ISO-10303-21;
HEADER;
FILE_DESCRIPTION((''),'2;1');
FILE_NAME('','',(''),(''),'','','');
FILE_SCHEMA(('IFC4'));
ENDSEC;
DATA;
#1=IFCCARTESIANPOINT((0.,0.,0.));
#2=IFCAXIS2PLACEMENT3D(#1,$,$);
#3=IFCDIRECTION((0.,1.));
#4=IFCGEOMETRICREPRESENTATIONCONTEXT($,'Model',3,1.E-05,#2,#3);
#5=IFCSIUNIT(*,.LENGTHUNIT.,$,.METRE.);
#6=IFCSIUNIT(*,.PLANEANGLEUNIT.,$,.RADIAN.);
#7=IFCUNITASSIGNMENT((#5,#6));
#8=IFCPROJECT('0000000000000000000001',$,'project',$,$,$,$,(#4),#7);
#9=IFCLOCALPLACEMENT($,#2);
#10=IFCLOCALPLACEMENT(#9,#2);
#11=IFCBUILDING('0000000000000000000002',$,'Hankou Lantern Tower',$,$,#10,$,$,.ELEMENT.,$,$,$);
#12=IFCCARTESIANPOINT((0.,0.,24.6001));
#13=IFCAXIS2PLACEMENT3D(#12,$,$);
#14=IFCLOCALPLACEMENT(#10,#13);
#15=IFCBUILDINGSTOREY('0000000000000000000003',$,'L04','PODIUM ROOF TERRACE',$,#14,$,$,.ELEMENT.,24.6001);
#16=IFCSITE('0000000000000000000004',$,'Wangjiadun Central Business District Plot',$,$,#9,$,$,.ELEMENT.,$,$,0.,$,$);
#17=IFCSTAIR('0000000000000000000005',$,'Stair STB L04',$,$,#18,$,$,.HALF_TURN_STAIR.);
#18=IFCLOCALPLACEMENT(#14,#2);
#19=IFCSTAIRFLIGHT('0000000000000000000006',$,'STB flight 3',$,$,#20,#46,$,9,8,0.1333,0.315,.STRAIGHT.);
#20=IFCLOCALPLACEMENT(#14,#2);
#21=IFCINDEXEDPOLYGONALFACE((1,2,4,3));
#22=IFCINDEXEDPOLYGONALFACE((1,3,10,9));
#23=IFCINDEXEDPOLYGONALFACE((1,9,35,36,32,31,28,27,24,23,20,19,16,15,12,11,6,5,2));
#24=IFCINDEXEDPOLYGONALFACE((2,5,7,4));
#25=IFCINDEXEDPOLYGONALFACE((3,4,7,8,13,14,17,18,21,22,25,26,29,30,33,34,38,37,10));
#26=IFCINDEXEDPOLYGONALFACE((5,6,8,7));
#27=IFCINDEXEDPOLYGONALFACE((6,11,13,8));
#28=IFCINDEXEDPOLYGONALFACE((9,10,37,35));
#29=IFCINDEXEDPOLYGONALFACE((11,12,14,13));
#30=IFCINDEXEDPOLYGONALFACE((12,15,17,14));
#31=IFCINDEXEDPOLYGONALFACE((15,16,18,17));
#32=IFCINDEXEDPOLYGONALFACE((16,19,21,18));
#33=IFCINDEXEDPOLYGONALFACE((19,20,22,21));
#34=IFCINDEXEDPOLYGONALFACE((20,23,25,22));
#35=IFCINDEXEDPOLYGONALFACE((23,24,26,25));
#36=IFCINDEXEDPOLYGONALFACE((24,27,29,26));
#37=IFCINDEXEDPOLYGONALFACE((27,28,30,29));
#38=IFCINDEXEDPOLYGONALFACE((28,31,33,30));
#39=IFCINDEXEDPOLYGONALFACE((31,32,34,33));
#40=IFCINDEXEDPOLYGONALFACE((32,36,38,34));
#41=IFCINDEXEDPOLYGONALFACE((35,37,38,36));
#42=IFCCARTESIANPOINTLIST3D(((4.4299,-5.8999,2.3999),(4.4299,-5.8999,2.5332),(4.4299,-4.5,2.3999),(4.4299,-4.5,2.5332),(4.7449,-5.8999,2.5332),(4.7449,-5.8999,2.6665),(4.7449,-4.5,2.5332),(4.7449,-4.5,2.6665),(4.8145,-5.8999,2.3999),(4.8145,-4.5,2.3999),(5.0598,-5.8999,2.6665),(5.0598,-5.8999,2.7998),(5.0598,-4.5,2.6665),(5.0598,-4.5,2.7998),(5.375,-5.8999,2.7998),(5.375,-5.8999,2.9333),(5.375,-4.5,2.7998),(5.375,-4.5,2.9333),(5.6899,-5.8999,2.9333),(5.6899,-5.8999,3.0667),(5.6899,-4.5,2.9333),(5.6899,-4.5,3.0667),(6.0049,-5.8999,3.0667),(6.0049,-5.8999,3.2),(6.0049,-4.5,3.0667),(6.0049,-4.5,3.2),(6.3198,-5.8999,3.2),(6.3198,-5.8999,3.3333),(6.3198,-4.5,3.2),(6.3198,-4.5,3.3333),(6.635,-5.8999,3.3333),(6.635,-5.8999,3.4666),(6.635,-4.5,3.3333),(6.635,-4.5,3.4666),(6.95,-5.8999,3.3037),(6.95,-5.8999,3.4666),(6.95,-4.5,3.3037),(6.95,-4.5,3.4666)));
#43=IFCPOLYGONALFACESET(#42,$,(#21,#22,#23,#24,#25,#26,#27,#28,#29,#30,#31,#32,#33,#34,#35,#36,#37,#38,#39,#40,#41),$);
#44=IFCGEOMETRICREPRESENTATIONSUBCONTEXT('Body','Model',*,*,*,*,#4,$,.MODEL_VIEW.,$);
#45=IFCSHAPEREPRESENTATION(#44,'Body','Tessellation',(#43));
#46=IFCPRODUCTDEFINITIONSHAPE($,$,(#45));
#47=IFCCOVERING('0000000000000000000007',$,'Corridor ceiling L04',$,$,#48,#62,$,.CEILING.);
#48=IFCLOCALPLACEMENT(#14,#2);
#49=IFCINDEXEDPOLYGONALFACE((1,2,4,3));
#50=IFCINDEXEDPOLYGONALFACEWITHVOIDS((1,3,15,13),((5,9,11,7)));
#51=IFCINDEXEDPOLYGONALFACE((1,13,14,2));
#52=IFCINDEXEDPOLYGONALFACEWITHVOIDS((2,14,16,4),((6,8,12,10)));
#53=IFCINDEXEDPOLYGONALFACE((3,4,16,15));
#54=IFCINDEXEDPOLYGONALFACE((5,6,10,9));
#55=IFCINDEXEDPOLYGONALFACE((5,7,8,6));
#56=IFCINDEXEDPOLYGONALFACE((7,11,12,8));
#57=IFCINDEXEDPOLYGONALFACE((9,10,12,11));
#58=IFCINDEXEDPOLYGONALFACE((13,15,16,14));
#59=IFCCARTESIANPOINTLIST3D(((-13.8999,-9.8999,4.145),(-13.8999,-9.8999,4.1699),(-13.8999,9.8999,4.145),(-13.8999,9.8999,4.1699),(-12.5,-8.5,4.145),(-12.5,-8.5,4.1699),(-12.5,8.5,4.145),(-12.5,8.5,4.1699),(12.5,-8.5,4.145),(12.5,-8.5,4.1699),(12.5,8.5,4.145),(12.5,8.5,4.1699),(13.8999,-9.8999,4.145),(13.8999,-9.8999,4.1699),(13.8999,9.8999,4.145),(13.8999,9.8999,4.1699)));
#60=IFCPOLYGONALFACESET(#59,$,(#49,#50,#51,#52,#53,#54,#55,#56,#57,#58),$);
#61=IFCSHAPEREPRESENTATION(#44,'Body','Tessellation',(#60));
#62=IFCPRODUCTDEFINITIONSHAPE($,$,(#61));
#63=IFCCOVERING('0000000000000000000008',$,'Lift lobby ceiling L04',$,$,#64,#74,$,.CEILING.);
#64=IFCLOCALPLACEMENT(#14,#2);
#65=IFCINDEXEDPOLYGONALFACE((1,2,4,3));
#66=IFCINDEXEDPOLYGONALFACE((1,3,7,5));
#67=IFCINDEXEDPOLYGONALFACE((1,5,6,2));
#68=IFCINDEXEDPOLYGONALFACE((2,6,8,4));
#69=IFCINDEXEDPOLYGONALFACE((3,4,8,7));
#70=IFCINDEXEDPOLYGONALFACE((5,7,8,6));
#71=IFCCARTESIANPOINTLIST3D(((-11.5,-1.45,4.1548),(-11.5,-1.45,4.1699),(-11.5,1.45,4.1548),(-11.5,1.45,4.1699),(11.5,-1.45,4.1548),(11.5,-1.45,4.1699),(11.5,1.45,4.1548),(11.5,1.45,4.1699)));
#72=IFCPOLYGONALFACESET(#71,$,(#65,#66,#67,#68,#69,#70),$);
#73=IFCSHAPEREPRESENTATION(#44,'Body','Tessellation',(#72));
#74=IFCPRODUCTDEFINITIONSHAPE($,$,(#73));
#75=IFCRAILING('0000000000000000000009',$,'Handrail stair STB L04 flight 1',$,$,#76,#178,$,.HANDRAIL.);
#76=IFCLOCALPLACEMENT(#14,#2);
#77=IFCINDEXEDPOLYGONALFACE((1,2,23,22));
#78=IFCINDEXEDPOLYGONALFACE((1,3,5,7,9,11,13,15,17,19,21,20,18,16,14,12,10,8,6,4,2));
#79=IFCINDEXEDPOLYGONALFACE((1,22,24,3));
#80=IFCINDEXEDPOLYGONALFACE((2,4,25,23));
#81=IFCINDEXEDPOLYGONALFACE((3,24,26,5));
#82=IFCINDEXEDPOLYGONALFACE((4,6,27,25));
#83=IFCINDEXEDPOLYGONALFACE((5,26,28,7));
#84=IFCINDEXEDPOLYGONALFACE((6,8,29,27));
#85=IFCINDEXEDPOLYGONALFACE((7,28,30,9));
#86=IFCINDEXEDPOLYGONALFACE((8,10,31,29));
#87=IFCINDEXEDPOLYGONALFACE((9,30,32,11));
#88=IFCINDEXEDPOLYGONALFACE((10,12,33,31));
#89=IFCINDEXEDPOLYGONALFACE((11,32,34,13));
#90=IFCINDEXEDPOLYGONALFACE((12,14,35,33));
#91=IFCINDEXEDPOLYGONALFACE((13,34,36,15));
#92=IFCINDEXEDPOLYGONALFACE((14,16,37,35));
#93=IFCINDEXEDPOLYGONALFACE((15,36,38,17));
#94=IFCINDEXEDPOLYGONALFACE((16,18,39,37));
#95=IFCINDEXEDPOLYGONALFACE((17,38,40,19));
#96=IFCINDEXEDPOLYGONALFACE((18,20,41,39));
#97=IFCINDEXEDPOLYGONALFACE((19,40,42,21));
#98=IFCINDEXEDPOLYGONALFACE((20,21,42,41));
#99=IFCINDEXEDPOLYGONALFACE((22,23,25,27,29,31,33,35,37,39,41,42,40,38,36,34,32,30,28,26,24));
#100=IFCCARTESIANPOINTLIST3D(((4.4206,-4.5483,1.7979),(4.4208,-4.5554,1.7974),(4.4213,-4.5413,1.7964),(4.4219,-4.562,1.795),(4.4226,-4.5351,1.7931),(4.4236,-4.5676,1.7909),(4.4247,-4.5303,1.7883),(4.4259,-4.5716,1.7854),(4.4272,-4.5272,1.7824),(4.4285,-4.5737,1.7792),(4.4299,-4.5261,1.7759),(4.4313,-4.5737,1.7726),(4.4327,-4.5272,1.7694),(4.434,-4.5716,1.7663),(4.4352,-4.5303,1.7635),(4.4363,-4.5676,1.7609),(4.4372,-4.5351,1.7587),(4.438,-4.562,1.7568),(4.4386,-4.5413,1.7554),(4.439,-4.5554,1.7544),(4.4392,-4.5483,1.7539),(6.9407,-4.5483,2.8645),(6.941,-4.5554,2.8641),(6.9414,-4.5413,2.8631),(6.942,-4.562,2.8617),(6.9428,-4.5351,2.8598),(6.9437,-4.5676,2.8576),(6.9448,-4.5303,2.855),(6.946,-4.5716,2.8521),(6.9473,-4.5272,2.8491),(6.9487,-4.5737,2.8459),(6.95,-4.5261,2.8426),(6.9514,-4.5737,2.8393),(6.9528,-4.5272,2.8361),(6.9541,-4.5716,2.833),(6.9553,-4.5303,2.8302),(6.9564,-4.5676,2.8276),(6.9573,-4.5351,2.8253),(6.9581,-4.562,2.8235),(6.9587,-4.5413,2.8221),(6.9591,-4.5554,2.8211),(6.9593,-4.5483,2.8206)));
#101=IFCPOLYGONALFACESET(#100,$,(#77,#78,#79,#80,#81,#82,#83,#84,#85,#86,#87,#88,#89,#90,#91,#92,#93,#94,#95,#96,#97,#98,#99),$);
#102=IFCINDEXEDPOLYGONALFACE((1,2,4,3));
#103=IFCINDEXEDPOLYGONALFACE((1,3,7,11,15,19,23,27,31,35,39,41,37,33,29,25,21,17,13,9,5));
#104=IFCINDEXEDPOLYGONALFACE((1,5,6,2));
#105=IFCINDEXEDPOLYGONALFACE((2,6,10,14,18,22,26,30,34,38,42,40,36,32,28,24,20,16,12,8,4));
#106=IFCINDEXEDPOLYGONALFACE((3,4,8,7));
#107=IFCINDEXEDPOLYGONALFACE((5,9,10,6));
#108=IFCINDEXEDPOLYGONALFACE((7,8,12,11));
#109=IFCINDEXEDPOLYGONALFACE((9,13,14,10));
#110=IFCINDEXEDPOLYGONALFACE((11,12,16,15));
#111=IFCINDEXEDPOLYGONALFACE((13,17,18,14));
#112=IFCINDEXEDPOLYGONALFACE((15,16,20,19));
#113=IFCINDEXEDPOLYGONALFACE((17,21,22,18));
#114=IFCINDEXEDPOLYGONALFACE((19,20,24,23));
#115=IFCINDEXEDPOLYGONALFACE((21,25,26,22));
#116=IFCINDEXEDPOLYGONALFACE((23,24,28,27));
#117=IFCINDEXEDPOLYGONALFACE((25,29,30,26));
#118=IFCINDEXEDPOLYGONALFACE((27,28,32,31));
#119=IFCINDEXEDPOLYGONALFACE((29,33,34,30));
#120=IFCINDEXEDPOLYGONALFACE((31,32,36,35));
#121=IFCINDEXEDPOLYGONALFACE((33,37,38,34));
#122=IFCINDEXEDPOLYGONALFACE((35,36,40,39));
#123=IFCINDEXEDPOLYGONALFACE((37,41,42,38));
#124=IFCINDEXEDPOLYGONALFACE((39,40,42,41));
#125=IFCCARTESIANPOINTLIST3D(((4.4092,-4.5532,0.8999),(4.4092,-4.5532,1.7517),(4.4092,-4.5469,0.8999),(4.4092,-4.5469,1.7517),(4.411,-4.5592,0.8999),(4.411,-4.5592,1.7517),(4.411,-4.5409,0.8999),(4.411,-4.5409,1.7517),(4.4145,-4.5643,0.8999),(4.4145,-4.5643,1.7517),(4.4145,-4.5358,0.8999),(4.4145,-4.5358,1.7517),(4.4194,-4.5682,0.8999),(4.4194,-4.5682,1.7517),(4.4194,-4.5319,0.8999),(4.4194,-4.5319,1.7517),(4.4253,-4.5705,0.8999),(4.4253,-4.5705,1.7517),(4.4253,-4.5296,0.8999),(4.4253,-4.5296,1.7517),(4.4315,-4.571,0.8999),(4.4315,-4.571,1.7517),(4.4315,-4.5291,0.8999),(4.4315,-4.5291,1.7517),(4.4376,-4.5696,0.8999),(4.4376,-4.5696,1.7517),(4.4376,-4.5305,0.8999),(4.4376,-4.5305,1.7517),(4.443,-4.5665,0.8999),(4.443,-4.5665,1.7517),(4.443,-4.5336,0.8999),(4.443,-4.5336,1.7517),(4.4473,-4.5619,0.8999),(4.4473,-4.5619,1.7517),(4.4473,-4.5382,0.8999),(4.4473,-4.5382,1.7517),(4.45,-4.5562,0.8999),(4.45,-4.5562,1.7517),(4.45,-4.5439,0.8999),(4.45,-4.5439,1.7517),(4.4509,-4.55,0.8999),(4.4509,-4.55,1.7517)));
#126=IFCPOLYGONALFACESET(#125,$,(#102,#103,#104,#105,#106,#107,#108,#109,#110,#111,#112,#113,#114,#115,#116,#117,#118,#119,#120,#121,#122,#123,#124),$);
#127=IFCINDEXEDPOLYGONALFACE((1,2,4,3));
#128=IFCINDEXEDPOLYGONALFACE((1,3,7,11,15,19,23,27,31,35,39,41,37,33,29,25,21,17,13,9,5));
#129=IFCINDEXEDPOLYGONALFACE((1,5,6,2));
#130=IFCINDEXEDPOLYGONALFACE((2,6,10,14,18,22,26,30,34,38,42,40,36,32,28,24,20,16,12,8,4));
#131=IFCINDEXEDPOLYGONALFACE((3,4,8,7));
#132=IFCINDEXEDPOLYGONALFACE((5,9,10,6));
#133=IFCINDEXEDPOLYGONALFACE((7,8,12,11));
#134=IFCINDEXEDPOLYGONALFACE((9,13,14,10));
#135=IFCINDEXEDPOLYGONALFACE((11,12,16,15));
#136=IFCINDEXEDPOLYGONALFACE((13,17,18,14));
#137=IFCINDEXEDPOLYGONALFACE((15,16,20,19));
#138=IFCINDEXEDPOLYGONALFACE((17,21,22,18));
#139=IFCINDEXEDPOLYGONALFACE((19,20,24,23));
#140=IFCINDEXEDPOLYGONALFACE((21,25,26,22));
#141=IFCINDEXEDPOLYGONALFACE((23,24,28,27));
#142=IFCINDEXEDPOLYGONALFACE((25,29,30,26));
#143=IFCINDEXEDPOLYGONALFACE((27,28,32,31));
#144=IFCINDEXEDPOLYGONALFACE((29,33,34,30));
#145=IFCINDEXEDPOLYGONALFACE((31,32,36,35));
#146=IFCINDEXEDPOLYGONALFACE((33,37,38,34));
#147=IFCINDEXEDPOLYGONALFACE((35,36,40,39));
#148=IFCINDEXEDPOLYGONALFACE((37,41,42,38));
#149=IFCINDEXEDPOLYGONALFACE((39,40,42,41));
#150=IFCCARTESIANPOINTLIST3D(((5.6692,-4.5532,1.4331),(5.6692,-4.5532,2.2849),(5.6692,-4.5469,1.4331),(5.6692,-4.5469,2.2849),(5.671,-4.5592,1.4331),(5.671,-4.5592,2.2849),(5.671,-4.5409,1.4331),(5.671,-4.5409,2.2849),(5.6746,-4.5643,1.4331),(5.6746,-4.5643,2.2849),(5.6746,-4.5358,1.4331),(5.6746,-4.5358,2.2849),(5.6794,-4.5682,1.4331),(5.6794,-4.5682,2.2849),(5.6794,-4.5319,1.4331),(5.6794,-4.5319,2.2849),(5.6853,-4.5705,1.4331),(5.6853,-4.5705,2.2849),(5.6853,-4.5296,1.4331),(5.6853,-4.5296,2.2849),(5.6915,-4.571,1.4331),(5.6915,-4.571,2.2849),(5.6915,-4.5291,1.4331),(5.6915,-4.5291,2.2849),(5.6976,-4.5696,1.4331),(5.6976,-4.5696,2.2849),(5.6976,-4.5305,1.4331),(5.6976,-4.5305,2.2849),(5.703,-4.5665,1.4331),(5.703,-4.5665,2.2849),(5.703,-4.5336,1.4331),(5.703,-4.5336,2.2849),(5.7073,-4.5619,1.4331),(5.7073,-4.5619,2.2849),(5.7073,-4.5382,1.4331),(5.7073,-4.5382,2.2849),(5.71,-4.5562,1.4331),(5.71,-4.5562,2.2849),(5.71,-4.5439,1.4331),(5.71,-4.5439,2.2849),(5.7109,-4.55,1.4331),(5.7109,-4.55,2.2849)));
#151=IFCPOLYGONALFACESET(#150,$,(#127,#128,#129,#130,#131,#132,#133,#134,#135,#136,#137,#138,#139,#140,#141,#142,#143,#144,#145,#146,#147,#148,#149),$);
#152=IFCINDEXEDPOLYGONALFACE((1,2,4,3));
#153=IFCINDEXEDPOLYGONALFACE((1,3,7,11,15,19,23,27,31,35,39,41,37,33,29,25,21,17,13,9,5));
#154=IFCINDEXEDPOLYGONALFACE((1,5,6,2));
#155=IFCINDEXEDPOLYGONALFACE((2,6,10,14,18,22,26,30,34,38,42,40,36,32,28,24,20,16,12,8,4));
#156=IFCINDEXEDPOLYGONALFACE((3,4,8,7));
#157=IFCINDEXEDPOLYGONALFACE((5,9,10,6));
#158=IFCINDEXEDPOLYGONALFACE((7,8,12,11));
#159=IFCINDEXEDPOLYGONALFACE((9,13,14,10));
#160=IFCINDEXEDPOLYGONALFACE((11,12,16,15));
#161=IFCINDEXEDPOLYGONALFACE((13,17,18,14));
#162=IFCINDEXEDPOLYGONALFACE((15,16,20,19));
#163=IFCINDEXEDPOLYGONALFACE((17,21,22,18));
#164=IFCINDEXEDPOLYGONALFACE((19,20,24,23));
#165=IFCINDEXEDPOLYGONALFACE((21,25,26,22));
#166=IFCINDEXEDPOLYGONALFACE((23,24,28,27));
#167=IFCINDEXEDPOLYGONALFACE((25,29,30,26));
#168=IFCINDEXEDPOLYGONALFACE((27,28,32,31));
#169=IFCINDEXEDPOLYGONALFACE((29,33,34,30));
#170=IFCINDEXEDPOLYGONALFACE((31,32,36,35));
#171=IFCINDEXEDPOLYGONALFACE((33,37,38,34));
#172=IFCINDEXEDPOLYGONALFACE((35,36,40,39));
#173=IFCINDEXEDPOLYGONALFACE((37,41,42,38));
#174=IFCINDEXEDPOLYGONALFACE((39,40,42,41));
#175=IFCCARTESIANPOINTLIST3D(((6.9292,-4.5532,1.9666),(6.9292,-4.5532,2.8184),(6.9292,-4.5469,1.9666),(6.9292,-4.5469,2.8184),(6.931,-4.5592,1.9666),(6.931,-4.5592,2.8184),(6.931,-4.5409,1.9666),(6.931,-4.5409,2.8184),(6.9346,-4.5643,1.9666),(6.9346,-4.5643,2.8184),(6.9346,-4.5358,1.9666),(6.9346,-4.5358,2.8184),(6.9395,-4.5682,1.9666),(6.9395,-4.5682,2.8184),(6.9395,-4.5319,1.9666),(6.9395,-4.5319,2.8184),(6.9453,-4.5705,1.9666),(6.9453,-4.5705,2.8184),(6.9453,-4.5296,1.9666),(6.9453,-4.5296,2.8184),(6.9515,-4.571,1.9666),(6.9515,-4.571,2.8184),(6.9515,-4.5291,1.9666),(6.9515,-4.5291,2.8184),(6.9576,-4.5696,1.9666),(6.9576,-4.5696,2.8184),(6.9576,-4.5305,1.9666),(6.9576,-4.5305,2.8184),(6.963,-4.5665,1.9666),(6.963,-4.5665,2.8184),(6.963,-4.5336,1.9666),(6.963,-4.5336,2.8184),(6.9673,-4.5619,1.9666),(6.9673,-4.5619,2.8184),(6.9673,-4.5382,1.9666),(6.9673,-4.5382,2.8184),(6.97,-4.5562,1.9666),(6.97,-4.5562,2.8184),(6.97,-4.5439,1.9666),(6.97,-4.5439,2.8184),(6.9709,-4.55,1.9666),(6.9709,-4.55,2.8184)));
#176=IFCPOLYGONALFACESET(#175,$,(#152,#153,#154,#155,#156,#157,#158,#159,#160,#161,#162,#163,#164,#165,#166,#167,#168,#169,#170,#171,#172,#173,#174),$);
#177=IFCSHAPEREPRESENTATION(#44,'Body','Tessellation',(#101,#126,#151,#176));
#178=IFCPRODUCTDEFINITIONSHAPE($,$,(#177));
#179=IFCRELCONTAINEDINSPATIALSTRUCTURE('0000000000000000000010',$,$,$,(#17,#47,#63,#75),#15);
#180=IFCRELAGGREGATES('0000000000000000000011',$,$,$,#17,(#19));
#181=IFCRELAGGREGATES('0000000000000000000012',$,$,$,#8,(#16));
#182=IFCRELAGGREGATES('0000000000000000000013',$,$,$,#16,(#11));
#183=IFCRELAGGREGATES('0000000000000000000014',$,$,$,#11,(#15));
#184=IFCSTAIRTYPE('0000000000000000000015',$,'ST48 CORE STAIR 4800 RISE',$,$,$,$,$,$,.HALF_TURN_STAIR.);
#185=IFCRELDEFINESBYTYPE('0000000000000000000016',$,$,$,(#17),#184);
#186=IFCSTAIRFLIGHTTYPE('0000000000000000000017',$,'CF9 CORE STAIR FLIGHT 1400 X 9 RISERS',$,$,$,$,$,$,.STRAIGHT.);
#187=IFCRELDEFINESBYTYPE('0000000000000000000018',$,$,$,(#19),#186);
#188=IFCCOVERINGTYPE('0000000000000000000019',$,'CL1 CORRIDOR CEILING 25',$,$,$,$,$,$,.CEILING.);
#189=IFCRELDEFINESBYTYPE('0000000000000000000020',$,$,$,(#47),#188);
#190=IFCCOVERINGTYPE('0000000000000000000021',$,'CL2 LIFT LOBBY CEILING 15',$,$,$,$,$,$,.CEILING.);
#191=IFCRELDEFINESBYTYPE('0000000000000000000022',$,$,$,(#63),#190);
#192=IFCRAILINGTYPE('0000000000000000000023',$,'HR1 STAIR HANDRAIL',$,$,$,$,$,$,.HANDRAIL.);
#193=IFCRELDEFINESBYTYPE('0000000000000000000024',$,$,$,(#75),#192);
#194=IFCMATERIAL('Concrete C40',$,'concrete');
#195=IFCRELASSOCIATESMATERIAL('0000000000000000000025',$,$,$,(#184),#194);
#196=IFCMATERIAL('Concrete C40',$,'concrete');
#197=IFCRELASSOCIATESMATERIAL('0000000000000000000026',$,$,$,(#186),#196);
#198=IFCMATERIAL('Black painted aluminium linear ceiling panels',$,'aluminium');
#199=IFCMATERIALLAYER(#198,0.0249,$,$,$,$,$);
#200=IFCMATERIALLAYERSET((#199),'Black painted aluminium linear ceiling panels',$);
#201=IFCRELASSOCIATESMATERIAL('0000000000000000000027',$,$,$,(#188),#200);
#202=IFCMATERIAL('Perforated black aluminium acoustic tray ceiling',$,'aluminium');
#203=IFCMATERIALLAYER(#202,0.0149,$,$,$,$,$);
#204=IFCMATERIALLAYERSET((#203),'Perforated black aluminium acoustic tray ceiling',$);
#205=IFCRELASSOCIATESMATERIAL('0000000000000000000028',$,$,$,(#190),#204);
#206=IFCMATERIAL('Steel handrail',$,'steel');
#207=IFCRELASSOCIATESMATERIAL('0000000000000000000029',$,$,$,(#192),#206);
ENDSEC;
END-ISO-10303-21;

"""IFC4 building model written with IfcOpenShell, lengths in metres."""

from ifc_helpers import new_model, si_unit, direction, frame, origin, origin_2d, place, context, subcontext, project, spatial, polyline, circle, outline, extrude, material, layer, layer_set, type_object, element, aggregate, save


model = new_model("IFC4")

# Units and contexts
model_context = context("Model", 3, precision=1e-05, world=origin(), true_north=direction((0.0, 1.0)))
body_context = subcontext(model_context, "Body", "Model", "MODEL_VIEW")
ifc_project = project(units=[si_unit("LENGTHUNIT", "METRE"), si_unit("PLANEANGLEUNIT", "RADIAN")], contexts=[model_context])

# Site, building, storey
site_placement = place(None, origin())
site = spatial("IfcSite", under=ifc_project, at=site_placement, Name="Wangjiadun Central Business District Plot", CompositionType="ELEMENT", RefElevation=0.0)
building_placement = place(site_placement, origin())
building = spatial("IfcBuilding", under=site, at=building_placement, Name="Hankou Lantern Tower", CompositionType="ELEMENT")
storey_placement = place(building_placement, frame((0.0, 0.0, 24.6001)))
storey = spatial("IfcBuildingStorey", under=building, at=storey_placement, Name="L04", Description="PODIUM ROOF TERRACE", CompositionType="ELEMENT", Elevation=24.6001)

# Stair, stair flight
ifc_material_1 = material(Name="Concrete C40", Category="concrete")
stair_type = type_object("IfcStairType", Name="ST48 CORE STAIR 4800 RISE", PredefinedType="HALF_TURN_STAIR", material=ifc_material_1)
stair_placement = place(storey_placement, origin())
stair = element("IfcStair", 1, at=stair_placement, inside=storey, type_object=stair_type, Name="Stair STB L04", PredefinedType="HALF_TURN_STAIR")
ifc_material_2 = material(Name="Concrete C40", Category="concrete")
stair_flight_type = type_object("IfcStairFlightType", Name="CF9 CORE STAIR FLIGHT 1400 X 9 RISERS", PredefinedType="STRAIGHT", material=ifc_material_2)
stair_flight_1_placement = place(storey_placement, frame((4.4299, -5.2, 2.3999), z_axis=(0.0, 0.0, 1.0), x_axis=(1.0, 0.0, 0.0)))
stair_flight_1 = element("IfcStairFlight", 2, at=stair_flight_1_placement, type_object=stair_flight_type, Name="STB flight 3", NumberOfRisers=9, NumberOfTreads=8, PredefinedType="STRAIGHT", RiserHeight=0.1333, TreadLength=0.315, context=body_context, shape_type="SweptSolid", body=[
    extrude(outline(polyline([(0.0, 0.0), (0.0, 0.1333), (0.3149, 0.1333), (0.3149, 0.2666), (0.6299, 0.2666), (0.6299, 0.3999), (0.9451, 0.3999), (0.9451, 0.5334), (1.26, 0.5334), (1.26, 0.6667), (1.575, 0.6667), (1.575, 0.8), (1.8899, 0.8), (1.8899, 0.9333), (2.2051, 0.9333), (2.2051, 1.0667), (2.52, 1.0667), (2.52, 1.2), (2.52, 0.9038), (0.3845, 0.0), (0.0, 0.0)])), frame((0.0, 0.7, 0.0), z_axis=(0.0, -1.0, 0.0), x_axis=(1.0, 0.0, 0.0)), (0.0, 0.0, 1.0), 1.3999),
])
aggregate(stair, [stair_flight_1])

# Coverings
ifc_material_3 = material(Name="Black painted aluminium linear ceiling panels", Category="aluminium")
ifc_layer_1 = layer(ifc_material_3, 0.0249)
ifc_layer_set_1 = layer_set([ifc_layer_1], Name="Black painted aluminium linear ceiling panels")
covering_type_1 = type_object("IfcCoveringType", Name="CL1 CORRIDOR CEILING 25", PredefinedType="CEILING", material=ifc_layer_set_1)
covering_1_placement = place(storey_placement, frame((0.0, 0.0, 4.145)))
element("IfcCovering", 3, at=covering_1_placement, inside=storey, type_object=covering_type_1, Name="Corridor ceiling L04", PredefinedType="CEILING", context=body_context, shape_type="SweptSolid", body=[
    extrude(outline(polyline([(-13.8999, -9.8999), (13.8999, -9.8999), (13.8999, 9.8999), (-13.8999, 9.8999), (-13.8999, -9.8999)]), holes=[polyline([(-12.5, 8.5), (12.5, 8.5), (12.5, -8.5), (-12.5, -8.5), (-12.5, 8.5)])]), origin(), (0.0, 0.0, 1.0), 0.0249),
])
ifc_material_4 = material(Name="Perforated black aluminium acoustic tray ceiling", Category="aluminium")
ifc_layer_2 = layer(ifc_material_4, 0.0149)
ifc_layer_set_2 = layer_set([ifc_layer_2], Name="Perforated black aluminium acoustic tray ceiling")
covering_type_2 = type_object("IfcCoveringType", Name="CL2 LIFT LOBBY CEILING 15", PredefinedType="CEILING", material=ifc_layer_set_2)
covering_2_placement = place(storey_placement, frame((0.0, 0.0, 4.1548)))
element("IfcCovering", 4, at=covering_2_placement, inside=storey, type_object=covering_type_2, Name="Lift lobby ceiling L04", PredefinedType="CEILING", context=body_context, shape_type="SweptSolid", body=[
    extrude(outline(polyline([(-11.5, -1.45), (11.5, -1.45), (11.5, 1.45), (-11.5, 1.45), (-11.5, -1.45)])), origin(), (0.0, 0.0, 1.0), 0.0151),
])

# Railing
ifc_material_5 = material(Name="Steel handrail", Category="steel")
railing_type = type_object("IfcRailingType", Name="HR1 STAIR HANDRAIL", PredefinedType="HANDRAIL", material=ifc_material_5)
railing_placement = place(storey_placement, frame((4.4299, -4.55, 0.8999)))
element("IfcRailing", 5, at=railing_placement, inside=storey, type_object=railing_type, Name="Handrail stair STB L04 flight 1", PredefinedType="HANDRAIL", context=body_context, shape_type="SweptSolid", body=[
    extrude(circle(Radius=0.0239, at=origin_2d()), frame((0.0, 0.0, 0.876), z_axis=(0.920903, 0.0, 0.389791), x_axis=(0.0, 1.0, 0.0)), (0.0, 0.0, 1.0), 2.7366),
    extrude(circle(Radius=0.021, at=origin_2d()), origin(), (0.0, 0.0, 1.0), 0.8518),
    extrude(circle(Radius=0.021, at=origin_2d()), frame((1.26, 0.0, 0.5332)), (0.0, 0.0, 1.0), 0.8518),
    extrude(circle(Radius=0.021, at=origin_2d()), frame((2.52, 0.0, 1.0667)), (0.0, 0.0, 1.0), 0.8518),
])

save(model, "model.ifc")
